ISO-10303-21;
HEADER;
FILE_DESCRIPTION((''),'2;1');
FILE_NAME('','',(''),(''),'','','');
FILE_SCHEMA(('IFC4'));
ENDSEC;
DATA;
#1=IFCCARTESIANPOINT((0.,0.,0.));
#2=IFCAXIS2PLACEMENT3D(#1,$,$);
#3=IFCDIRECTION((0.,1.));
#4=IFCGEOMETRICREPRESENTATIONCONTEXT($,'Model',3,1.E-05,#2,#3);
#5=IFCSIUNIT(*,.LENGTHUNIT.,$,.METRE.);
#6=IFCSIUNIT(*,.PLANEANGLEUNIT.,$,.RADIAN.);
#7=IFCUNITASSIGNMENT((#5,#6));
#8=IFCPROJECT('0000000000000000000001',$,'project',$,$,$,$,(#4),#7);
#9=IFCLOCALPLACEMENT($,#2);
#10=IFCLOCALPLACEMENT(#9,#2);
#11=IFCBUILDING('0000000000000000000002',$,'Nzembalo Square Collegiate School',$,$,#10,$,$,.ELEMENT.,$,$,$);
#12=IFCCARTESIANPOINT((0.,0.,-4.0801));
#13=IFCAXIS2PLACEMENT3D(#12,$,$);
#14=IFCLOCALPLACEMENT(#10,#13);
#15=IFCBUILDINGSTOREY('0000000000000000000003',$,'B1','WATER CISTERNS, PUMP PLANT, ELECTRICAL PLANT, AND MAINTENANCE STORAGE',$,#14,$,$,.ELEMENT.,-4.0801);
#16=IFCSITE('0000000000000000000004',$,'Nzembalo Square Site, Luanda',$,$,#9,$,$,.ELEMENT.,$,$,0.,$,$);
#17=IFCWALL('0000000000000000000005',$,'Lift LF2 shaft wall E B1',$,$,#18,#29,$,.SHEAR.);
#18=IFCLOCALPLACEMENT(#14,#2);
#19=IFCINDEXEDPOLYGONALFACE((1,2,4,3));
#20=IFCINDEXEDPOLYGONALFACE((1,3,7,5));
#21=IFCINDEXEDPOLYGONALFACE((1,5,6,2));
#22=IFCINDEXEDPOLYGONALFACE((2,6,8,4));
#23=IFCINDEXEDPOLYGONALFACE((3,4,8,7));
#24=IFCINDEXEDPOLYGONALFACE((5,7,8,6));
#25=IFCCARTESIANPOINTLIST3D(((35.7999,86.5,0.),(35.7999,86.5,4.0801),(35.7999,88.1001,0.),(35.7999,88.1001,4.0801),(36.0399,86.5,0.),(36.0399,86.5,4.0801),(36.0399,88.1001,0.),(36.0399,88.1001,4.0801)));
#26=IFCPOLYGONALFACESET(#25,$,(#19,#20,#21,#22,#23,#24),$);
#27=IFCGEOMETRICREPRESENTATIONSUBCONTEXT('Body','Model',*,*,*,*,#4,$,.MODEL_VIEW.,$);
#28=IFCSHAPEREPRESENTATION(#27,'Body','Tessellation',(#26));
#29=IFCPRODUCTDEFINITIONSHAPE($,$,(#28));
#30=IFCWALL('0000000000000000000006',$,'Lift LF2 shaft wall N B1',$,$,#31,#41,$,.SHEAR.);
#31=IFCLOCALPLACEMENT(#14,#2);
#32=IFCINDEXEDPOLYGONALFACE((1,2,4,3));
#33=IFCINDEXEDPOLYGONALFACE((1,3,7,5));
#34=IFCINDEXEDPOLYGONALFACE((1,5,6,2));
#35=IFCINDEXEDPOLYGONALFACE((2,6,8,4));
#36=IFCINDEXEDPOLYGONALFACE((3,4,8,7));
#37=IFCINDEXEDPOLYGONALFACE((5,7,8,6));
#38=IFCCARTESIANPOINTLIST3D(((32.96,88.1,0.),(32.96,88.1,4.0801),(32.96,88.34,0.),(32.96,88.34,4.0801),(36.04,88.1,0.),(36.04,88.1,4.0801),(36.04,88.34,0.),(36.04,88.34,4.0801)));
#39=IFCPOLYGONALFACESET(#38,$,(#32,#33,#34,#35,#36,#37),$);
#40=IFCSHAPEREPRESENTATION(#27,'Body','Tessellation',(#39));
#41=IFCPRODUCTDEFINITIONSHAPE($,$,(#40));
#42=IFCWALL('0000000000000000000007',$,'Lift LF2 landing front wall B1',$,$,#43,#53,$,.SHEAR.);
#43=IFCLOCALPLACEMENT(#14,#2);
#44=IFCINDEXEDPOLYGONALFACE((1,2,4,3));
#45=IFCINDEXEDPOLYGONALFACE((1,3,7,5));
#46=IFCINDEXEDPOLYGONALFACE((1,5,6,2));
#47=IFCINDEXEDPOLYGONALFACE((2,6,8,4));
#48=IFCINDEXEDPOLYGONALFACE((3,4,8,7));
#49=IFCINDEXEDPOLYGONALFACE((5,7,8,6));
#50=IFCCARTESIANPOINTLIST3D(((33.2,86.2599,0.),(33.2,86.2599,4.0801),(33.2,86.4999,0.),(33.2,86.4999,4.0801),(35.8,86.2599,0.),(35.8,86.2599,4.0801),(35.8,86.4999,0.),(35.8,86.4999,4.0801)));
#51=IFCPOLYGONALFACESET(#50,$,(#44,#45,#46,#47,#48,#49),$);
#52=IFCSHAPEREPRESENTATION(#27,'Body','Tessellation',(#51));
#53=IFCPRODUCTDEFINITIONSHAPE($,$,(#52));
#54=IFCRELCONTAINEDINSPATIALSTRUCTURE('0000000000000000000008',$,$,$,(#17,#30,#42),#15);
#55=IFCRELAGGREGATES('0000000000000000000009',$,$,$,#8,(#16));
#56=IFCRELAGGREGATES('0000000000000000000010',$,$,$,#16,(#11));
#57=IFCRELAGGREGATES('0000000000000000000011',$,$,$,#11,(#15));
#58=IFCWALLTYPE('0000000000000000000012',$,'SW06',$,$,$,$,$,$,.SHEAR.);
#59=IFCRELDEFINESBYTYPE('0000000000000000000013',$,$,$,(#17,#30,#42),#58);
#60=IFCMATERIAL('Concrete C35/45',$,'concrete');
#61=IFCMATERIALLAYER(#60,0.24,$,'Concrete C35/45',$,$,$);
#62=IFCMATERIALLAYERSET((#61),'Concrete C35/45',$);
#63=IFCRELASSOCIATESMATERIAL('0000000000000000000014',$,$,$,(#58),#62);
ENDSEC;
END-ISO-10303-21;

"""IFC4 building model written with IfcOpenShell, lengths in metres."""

from ifc_helpers import new_model, si_unit, direction, frame, frame_2d, origin, place, context, subcontext, project, spatial, rectangle, extrude, material, layer, layer_set, type_object, element, save


model = new_model("IFC4")

# Units and contexts
model_context = context("Model", 3, precision=1e-05, world=origin(), true_north=direction((0.0, 1.0)))
body_context = subcontext(model_context, "Body", "Model", "MODEL_VIEW")
ifc_project = project(units=[si_unit("LENGTHUNIT", "METRE"), si_unit("PLANEANGLEUNIT", "RADIAN")], contexts=[model_context])

# Site, building, storey
site_placement = place(None, origin())
site = spatial("IfcSite", under=ifc_project, at=site_placement, Name="Nzembalo Square Site, Luanda", CompositionType="ELEMENT", RefElevation=0.0)
building_placement = place(site_placement, origin())
building = spatial("IfcBuilding", under=site, at=building_placement, Name="Nzembalo Square Collegiate School", CompositionType="ELEMENT")
storey_placement = place(building_placement, frame((0.0, 0.0, -4.0801)))
storey = spatial("IfcBuildingStorey", under=building, at=storey_placement, Name="B1", Description="WATER CISTERNS, PUMP PLANT, ELECTRICAL PLANT, AND MAINTENANCE STORAGE", CompositionType="ELEMENT", Elevation=-4.0801)

# Walls
ifc_material_1 = material(Name="Concrete C35/45", Category="concrete")
ifc_layer_1 = layer(ifc_material_1, 0.24, Name="Concrete C35/45")
ifc_layer_set_1 = layer_set([ifc_layer_1], Name="Concrete C35/45")
wall_type_1 = type_object("IfcWallType", Name="SW06", PredefinedType="SHEAR", material=ifc_layer_set_1)
for number, where, z_axis, x_axis, name in (
    (1, (35.9199, 86.5, 0.0), (0.0, 0.0, 1.0), (0.0, 1.0, 0.0), "Lift LF2 shaft wall E B1"),
):
    element("IfcWall", number, at=place(storey_placement, frame(where, z_axis=z_axis, x_axis=x_axis)), inside=storey, type_object=wall_type_1, Name=name, PredefinedType="SHEAR", context=body_context, shape_type="SweptSolid", body=[
        extrude(rectangle(XDim=1.6001, YDim=0.24, at=frame_2d((0.8, 0.0))), origin(), (0.0, 0.0, 1.0), 4.0801),
    ])
wall_1_placement = place(storey_placement, frame((32.96, 88.22, 0.0), z_axis=(0.0, 0.0, 1.0), x_axis=(1.0, 0.0, 0.0)))
element("IfcWall", 2, at=wall_1_placement, inside=storey, type_object=wall_type_1, Name="Lift LF2 shaft wall N B1", PredefinedType="SHEAR", context=body_context, shape_type="SweptSolid", body=[
    extrude(rectangle(XDim=3.0801, YDim=0.24, at=frame_2d((1.54, 0.0))), origin(), (0.0, 0.0, 1.0), 4.0801),
])
wall_2_placement = place(storey_placement, frame((33.2, 86.3799, 0.0), z_axis=(0.0, 0.0, 1.0), x_axis=(1.0, 0.0, 0.0)))
element("IfcWall", 3, at=wall_2_placement, inside=storey, type_object=wall_type_1, Name="Lift LF2 landing front wall B1", PredefinedType="SHEAR", context=body_context, shape_type="SweptSolid", body=[
    extrude(rectangle(XDim=2.6001, YDim=0.24, at=frame_2d((1.3, 0.0))), origin(), (0.0, 0.0, 1.0), 4.0801),
])

save(model, "model.ifc")
